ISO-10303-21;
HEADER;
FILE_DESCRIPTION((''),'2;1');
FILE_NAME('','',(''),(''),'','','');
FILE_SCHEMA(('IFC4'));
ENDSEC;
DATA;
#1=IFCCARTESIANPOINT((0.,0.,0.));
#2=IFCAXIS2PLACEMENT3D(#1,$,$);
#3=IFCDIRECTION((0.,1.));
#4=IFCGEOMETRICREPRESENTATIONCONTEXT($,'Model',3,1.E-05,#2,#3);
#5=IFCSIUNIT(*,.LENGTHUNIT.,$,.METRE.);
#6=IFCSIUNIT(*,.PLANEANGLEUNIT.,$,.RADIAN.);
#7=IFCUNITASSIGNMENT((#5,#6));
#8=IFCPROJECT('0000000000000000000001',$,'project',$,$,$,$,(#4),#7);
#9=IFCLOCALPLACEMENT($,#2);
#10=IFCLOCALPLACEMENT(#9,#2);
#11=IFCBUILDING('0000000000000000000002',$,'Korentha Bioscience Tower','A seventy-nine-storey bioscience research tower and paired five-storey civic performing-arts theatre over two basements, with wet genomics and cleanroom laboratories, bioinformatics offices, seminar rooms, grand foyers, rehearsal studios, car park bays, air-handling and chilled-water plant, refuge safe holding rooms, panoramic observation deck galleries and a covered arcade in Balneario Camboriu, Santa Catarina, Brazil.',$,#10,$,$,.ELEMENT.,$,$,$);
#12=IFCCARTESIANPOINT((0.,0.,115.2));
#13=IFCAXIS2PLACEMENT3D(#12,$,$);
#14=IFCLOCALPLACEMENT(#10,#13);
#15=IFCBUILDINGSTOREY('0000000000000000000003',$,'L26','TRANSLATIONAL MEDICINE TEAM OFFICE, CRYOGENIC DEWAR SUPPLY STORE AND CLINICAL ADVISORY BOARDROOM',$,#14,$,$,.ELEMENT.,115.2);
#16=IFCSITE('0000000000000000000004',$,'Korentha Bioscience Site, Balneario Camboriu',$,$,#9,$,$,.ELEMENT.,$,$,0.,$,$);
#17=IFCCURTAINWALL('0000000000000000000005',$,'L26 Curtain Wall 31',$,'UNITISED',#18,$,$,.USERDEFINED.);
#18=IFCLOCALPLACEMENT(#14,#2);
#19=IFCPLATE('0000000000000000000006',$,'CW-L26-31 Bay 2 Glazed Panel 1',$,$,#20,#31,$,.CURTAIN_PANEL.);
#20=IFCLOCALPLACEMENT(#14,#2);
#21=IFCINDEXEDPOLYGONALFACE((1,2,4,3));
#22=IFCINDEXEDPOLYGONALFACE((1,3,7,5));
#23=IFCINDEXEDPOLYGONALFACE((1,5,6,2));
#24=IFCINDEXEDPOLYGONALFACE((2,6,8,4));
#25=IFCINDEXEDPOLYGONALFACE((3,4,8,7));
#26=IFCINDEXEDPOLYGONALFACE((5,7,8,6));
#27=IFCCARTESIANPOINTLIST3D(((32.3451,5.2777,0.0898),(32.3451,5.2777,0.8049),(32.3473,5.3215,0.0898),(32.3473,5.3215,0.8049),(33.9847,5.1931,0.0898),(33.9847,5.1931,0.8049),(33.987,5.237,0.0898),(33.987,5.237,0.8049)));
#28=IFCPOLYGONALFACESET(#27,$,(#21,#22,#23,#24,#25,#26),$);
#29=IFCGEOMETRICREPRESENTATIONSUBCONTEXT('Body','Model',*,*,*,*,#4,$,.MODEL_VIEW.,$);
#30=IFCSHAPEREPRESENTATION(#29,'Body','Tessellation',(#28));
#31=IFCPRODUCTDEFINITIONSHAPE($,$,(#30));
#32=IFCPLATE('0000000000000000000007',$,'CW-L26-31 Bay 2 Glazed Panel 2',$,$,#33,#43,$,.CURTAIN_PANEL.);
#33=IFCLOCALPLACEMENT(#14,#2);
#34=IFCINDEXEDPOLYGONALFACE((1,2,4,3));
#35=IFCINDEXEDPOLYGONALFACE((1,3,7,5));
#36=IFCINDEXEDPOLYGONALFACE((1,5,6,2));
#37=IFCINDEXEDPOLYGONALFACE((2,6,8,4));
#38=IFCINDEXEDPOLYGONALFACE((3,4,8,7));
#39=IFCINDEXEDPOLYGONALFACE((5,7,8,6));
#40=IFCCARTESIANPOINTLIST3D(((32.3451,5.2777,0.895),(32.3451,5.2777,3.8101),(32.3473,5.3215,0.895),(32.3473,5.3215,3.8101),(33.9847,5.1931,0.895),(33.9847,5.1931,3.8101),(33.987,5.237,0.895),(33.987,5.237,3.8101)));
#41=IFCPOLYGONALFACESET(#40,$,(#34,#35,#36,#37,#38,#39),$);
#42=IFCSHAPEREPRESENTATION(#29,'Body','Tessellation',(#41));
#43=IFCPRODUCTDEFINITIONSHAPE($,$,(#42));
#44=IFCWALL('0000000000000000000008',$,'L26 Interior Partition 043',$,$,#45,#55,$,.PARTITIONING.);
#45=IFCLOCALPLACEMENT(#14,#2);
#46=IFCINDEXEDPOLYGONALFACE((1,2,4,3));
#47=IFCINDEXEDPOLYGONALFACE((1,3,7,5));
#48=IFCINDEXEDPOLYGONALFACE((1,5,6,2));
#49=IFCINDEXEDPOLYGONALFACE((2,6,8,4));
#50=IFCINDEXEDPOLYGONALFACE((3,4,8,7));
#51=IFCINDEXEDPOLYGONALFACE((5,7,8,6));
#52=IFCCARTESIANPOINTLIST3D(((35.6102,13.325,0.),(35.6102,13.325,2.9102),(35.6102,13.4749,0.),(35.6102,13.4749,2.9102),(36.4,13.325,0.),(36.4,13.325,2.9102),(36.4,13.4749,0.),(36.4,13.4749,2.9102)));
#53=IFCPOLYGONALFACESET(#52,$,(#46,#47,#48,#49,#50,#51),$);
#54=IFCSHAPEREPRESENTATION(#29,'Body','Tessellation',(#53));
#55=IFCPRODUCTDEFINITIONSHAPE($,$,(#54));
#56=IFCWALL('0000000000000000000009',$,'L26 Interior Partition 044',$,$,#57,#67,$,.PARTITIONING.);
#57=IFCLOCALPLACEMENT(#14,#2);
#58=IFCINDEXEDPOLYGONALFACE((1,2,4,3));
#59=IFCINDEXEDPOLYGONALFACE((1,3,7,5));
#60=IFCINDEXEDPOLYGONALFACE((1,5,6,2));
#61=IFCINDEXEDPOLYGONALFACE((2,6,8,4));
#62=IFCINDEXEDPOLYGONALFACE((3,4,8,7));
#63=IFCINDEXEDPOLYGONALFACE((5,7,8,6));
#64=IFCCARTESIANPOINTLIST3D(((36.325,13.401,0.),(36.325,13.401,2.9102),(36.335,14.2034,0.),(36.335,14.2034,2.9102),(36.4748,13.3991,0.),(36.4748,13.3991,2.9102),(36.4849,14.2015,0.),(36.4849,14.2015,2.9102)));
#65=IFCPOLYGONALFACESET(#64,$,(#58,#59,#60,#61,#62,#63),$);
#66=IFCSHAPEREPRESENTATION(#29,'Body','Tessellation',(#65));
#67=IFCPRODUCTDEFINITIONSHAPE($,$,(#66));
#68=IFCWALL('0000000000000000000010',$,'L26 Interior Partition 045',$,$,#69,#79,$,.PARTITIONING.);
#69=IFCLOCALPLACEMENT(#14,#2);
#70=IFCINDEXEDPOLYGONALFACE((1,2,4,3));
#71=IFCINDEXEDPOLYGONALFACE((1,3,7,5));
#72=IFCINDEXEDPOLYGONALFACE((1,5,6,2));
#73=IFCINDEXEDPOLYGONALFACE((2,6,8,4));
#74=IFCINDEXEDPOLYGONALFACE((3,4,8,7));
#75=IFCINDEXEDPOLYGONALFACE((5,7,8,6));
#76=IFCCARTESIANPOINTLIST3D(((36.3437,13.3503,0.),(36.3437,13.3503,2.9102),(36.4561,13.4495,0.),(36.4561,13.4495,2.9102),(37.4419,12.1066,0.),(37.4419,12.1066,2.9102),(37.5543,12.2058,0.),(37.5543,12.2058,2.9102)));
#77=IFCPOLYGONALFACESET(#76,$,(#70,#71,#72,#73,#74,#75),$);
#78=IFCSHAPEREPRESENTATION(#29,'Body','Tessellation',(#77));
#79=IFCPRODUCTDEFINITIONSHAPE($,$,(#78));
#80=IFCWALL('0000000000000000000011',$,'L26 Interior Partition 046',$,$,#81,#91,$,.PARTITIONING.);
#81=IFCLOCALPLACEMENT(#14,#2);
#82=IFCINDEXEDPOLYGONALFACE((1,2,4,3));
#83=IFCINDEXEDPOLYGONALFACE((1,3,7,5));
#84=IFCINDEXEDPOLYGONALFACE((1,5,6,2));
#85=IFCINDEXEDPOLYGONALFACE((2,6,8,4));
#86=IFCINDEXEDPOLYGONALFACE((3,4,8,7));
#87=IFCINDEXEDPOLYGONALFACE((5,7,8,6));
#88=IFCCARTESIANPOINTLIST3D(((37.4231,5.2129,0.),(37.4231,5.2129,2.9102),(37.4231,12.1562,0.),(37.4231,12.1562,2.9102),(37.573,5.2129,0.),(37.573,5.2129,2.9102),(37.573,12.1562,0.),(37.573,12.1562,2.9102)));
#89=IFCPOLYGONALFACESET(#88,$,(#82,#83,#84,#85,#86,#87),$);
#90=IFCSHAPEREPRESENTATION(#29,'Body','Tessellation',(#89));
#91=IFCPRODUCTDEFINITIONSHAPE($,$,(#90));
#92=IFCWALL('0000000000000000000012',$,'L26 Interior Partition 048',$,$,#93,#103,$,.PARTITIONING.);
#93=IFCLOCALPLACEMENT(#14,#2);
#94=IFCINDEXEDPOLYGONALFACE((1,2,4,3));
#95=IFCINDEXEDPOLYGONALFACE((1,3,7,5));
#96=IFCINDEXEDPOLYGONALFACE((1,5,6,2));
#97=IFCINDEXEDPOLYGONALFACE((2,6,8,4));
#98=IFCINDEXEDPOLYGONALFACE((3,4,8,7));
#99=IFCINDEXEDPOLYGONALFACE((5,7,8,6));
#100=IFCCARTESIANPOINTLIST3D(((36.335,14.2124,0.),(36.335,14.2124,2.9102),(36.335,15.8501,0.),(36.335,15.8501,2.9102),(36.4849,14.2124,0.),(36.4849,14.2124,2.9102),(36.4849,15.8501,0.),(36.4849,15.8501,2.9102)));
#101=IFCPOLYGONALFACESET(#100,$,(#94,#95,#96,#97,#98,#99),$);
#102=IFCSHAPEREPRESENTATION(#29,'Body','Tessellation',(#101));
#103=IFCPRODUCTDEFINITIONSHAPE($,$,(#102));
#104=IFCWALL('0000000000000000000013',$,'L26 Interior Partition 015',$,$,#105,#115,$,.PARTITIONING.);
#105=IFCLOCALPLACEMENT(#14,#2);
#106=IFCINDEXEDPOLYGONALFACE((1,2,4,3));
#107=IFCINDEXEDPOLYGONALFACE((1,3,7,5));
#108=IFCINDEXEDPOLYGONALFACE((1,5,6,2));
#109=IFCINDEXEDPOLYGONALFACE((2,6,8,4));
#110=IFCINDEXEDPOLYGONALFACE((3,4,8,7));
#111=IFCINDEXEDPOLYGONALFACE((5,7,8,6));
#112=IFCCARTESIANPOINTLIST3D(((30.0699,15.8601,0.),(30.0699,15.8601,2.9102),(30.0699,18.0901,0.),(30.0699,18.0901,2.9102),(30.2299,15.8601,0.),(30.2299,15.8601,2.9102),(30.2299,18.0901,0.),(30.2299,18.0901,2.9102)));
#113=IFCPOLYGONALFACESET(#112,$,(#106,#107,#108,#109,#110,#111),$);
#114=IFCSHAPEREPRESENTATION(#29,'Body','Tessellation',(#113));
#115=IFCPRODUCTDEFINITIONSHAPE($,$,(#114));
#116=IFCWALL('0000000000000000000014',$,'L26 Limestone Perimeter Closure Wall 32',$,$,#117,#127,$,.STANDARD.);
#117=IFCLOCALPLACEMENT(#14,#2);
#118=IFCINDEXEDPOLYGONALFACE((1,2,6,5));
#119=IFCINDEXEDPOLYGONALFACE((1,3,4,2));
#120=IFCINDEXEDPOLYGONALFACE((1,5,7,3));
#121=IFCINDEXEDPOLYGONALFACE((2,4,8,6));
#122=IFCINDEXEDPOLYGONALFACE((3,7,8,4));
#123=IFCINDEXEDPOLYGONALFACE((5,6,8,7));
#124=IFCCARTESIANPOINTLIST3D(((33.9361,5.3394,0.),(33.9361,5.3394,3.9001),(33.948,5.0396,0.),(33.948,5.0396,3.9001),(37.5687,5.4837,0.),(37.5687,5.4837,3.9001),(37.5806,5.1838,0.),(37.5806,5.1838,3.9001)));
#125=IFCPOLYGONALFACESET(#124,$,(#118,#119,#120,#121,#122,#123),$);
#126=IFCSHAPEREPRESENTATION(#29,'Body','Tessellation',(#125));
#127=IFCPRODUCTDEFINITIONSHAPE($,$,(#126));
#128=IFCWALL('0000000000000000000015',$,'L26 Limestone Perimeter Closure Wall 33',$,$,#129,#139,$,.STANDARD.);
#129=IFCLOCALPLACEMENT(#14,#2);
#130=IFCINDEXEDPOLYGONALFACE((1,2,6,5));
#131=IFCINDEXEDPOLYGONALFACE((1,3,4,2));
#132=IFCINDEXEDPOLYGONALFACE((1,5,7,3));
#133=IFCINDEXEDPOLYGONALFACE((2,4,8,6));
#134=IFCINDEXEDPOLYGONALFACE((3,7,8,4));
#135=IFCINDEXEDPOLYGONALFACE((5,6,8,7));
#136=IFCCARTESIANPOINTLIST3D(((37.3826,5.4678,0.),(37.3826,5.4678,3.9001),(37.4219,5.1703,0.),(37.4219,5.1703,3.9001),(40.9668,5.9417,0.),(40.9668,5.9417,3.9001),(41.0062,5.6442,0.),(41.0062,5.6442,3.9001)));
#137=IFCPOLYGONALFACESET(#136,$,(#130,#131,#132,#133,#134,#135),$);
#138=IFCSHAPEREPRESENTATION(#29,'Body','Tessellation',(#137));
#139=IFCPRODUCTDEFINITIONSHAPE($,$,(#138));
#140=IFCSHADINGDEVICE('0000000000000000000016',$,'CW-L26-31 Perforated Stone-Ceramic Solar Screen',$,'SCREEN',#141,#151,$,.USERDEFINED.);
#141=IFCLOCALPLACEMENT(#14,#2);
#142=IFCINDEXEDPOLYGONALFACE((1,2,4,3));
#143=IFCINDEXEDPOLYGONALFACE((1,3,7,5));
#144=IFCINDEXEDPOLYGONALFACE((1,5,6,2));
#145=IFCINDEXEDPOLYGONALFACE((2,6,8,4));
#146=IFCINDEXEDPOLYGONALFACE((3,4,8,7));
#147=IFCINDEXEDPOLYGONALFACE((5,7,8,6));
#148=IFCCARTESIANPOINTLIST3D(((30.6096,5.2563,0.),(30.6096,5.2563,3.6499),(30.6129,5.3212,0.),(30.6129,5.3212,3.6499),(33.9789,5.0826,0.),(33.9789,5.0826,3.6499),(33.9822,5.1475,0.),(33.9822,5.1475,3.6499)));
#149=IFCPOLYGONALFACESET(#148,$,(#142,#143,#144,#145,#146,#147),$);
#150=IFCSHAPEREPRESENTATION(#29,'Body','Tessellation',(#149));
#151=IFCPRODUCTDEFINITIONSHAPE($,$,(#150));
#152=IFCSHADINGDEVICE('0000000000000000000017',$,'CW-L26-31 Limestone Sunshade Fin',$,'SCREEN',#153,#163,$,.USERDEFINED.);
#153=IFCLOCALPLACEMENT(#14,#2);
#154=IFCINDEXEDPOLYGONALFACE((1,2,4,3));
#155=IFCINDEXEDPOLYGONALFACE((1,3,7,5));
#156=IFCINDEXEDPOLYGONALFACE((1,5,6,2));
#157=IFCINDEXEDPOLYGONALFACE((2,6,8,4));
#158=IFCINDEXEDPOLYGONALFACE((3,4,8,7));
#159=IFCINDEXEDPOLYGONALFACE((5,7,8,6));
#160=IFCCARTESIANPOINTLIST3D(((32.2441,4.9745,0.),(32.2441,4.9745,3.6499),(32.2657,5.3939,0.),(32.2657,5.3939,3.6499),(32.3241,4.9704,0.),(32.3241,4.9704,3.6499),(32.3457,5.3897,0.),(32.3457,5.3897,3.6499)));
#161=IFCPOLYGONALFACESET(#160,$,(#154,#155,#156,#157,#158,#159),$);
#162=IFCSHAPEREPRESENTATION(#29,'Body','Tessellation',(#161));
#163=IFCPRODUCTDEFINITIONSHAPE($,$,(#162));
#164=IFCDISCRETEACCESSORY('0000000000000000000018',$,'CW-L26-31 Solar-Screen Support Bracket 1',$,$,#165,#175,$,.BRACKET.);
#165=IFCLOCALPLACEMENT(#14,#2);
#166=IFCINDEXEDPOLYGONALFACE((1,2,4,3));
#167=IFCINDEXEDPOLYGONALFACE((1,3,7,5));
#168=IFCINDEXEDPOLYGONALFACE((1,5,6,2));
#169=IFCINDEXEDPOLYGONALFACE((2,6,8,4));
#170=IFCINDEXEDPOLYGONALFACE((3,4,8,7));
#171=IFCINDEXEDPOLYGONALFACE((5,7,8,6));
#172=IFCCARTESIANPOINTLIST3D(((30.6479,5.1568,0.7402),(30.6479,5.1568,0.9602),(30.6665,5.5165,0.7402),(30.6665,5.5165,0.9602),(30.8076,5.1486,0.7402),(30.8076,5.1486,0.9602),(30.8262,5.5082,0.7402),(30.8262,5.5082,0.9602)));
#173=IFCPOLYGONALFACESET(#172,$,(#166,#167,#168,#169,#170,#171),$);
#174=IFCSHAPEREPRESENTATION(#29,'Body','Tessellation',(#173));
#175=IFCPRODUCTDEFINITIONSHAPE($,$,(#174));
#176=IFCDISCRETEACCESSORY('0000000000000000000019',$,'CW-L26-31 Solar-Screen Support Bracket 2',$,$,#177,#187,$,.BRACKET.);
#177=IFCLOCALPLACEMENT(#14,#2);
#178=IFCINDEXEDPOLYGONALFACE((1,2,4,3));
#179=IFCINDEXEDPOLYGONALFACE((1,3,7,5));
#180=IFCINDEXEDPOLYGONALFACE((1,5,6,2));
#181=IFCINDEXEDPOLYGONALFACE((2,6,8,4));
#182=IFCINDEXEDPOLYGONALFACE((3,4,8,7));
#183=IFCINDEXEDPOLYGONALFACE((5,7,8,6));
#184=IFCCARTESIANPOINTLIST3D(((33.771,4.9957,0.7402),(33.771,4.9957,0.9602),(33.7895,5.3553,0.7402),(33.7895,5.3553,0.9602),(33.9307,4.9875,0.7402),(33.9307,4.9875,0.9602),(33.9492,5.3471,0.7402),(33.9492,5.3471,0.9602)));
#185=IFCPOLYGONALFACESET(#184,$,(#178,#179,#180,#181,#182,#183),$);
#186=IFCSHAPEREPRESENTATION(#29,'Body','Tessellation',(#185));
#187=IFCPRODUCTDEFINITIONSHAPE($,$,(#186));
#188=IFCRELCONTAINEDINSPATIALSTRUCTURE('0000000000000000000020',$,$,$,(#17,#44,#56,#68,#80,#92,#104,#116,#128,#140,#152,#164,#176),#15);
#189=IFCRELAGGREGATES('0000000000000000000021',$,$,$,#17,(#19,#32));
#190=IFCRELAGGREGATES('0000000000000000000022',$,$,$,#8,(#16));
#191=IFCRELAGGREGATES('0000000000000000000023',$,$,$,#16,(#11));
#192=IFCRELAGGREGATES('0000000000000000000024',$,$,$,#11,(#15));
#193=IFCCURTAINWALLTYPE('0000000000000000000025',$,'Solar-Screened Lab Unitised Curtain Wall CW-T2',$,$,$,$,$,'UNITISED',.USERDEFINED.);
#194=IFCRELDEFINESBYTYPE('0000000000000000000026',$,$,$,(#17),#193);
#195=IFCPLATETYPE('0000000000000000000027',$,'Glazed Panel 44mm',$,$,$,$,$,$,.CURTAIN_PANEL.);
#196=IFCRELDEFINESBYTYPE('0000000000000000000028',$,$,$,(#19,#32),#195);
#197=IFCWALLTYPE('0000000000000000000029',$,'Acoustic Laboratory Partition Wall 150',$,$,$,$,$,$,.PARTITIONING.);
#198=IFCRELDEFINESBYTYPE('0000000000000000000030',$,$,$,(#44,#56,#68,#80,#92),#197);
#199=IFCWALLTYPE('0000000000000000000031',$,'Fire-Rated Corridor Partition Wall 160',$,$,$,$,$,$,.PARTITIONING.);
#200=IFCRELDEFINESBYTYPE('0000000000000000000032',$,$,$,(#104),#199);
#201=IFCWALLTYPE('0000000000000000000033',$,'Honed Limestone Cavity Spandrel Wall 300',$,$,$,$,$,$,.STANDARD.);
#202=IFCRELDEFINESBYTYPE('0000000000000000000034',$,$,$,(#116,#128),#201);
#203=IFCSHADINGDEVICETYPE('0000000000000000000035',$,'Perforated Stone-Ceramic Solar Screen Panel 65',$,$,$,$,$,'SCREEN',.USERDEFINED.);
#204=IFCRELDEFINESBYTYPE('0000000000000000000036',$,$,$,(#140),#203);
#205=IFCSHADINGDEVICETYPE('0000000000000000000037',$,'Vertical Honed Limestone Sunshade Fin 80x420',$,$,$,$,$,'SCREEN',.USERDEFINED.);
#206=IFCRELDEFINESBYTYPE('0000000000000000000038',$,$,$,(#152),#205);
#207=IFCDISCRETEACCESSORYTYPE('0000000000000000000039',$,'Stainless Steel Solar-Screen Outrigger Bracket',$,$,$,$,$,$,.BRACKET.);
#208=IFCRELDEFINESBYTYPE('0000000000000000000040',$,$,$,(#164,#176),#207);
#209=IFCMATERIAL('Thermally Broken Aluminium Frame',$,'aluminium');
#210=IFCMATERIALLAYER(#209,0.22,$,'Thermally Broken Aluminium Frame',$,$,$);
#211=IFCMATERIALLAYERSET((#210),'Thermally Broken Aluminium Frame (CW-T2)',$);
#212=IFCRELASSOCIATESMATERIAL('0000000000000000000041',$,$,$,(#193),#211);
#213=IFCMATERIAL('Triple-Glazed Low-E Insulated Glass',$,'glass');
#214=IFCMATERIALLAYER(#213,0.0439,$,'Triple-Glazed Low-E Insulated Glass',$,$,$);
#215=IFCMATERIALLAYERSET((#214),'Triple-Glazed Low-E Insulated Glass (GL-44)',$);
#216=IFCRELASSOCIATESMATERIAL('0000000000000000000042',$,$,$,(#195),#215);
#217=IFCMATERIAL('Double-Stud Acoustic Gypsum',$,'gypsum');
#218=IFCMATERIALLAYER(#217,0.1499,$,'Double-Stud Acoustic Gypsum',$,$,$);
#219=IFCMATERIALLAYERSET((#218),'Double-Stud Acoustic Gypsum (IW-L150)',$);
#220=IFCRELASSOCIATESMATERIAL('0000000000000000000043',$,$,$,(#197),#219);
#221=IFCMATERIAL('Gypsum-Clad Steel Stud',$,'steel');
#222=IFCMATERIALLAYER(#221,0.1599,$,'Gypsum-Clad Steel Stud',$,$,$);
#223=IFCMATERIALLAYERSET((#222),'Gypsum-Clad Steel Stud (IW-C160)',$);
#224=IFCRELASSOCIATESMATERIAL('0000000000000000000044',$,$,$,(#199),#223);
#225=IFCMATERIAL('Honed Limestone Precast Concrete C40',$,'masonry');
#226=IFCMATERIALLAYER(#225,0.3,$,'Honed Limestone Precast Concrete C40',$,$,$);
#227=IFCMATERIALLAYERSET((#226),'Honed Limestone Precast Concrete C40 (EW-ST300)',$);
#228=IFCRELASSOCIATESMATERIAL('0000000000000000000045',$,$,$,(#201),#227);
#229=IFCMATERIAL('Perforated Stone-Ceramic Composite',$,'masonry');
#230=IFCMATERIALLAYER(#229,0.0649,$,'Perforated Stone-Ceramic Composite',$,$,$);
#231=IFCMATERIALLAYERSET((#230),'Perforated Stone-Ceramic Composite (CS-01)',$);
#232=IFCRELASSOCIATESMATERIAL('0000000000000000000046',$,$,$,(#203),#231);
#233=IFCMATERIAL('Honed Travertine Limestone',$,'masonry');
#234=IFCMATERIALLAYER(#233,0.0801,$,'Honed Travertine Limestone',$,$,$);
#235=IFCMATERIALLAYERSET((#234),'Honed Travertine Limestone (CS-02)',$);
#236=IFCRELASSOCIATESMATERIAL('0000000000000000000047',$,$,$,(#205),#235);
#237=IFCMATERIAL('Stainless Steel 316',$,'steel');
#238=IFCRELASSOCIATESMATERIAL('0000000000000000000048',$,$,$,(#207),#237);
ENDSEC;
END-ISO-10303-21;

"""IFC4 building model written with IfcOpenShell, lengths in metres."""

from ifc_helpers import new_model, si_unit, direction, frame, frame_2d, origin, origin_2d, place, context, subcontext, project, spatial, rectangle, extrude, material, layer, layer_set, type_object, element, aggregate, save


model = new_model("IFC4")

# Units and contexts
model_context = context("Model", 3, precision=1e-05, world=origin(), true_north=direction((0.0, 1.0)))
body_context = subcontext(model_context, "Body", "Model", "MODEL_VIEW")
ifc_project = project(units=[si_unit("LENGTHUNIT", "METRE"), si_unit("PLANEANGLEUNIT", "RADIAN")], contexts=[model_context])

# Site, building, storey
site_placement = place(None, origin())
site = spatial("IfcSite", under=ifc_project, at=site_placement, Name="Korentha Bioscience Site, Balneario Camboriu", CompositionType="ELEMENT", RefElevation=0.0)
building_placement = place(site_placement, origin())
building = spatial("IfcBuilding", under=site, at=building_placement, Name="Korentha Bioscience Tower", Description="A seventy-nine-storey bioscience research tower and paired five-storey civic performing-arts theatre over two basements, with wet genomics and cleanroom laboratories, bioinformatics offices, seminar rooms, grand foyers, rehearsal studios, car park bays, air-handling and chilled-water plant, refuge safe holding rooms, panoramic observation deck galleries and a covered arcade in Balneario Camboriu, Santa Catarina, Brazil.", CompositionType="ELEMENT")
storey_placement = place(building_placement, frame((0.0, 0.0, 115.2)))
storey = spatial("IfcBuildingStorey", under=building, at=storey_placement, Name="L26", Description="TRANSLATIONAL MEDICINE TEAM OFFICE, CRYOGENIC DEWAR SUPPLY STORE AND CLINICAL ADVISORY BOARDROOM", CompositionType="ELEMENT", Elevation=115.2)

# Curtain wall
ifc_material_1 = material(Name="Thermally Broken Aluminium Frame", Category="aluminium")
ifc_layer_1 = layer(ifc_material_1, 0.22, Name="Thermally Broken Aluminium Frame")
ifc_layer_set_1 = layer_set([ifc_layer_1], Name="Thermally Broken Aluminium Frame (CW-T2)")
curtain_wall_type = type_object("IfcCurtainWallType", Name="Solar-Screened Lab Unitised Curtain Wall CW-T2", ElementType="UNITISED", PredefinedType="USERDEFINED", material=ifc_layer_set_1)
curtain_wall_placement = place(storey_placement, origin())
curtain_wall = element("IfcCurtainWall", 1, at=curtain_wall_placement, inside=storey, type_object=curtain_wall_type, Name="L26 Curtain Wall 31", ObjectType="UNITISED", PredefinedType="USERDEFINED")

# Plates
ifc_material_2 = material(Name="Triple-Glazed Low-E Insulated Glass", Category="glass")
ifc_layer_2 = layer(ifc_material_2, 0.0439, Name="Triple-Glazed Low-E Insulated Glass")
ifc_layer_set_2 = layer_set([ifc_layer_2], Name="Triple-Glazed Low-E Insulated Glass (GL-44)")
plate_type = type_object("IfcPlateType", Name="Glazed Panel 44mm", PredefinedType="CURTAIN_PANEL", material=ifc_layer_set_2)
plate_1_placement = place(storey_placement, frame((33.166, 5.2573, 0.0898), z_axis=(0.0, 0.0, 1.0), x_axis=(0.998673, -0.051495, 0.0)))
plate_1 = element("IfcPlate", 2, at=plate_1_placement, type_object=plate_type, Name="CW-L26-31 Bay 2 Glazed Panel 1", PredefinedType="CURTAIN_PANEL", context=body_context, shape_type="SweptSolid", body=[
    extrude(rectangle(XDim=1.6418, YDim=0.0439, at=origin_2d()), origin(), (0.0, 0.0, 1.0), 0.7151),
])
plate_2_placement = place(storey_placement, frame((33.166, 5.2573, 0.895), z_axis=(0.0, 0.0, 1.0), x_axis=(0.998673, -0.051495, 0.0)))
plate_2 = element("IfcPlate", 3, at=plate_2_placement, type_object=plate_type, Name="CW-L26-31 Bay 2 Glazed Panel 2", PredefinedType="CURTAIN_PANEL", context=body_context, shape_type="SweptSolid", body=[
    extrude(rectangle(XDim=1.6418, YDim=0.0439, at=origin_2d()), origin(), (0.0, 0.0, 1.0), 2.915),
])
aggregate(curtain_wall, [plate_1, plate_2])

# Shared definitions
ifc_material_3 = material(Name="Double-Stud Acoustic Gypsum", Category="gypsum")
ifc_layer_3 = layer(ifc_material_3, 0.1499, Name="Double-Stud Acoustic Gypsum")
ifc_layer_set_3 = layer_set([ifc_layer_3], Name="Double-Stud Acoustic Gypsum (IW-L150)")
wall_type_1 = type_object("IfcWallType", Name="Acoustic Laboratory Partition Wall 150", PredefinedType="PARTITIONING", material=ifc_layer_set_3)

# Walls
wall_1_placement = place(storey_placement, frame((35.6101, 13.3999, 0.0), z_axis=(0.0, 0.0, 1.0), x_axis=(1.0, 0.0, 0.0)))
element("IfcWall", 4, at=wall_1_placement, inside=storey, type_object=wall_type_1, Name="L26 Interior Partition 043", PredefinedType="PARTITIONING", context=body_context, shape_type="SweptSolid", body=[
    extrude(rectangle(XDim=0.7898, YDim=0.1499, at=frame_2d((0.395, 0.0))), origin(), (0.0, 0.0, 1.0), 2.9102),
])
wall_2_placement = place(storey_placement, frame((36.3999, 13.3999, 0.0), z_axis=(0.0, 0.0, 1.0), x_axis=(0.012472, 0.999922, 0.0)))
element("IfcWall", 5, at=wall_2_placement, inside=storey, type_object=wall_type_1, Name="L26 Interior Partition 044", PredefinedType="PARTITIONING", context=body_context, shape_type="SweptSolid", body=[
    extrude(rectangle(XDim=0.8025, YDim=0.1499, at=frame_2d((0.4014, 0.0))), origin(), (0.0, 0.0, 1.0), 2.9102),
])
wall_3_placement = place(storey_placement, frame((36.3999, 13.3999, 0.0), z_axis=(0.0, 0.0, 1.0), x_axis=(0.661894, -0.749597, 0.0)))
element("IfcWall", 6, at=wall_3_placement, inside=storey, type_object=wall_type_1, Name="L26 Interior Partition 045", PredefinedType="PARTITIONING", context=body_context, shape_type="SweptSolid", body=[
    extrude(rectangle(XDim=1.6592, YDim=0.1499, at=frame_2d((0.8296, 0.0))), origin(), (0.0, 0.0, 1.0), 2.9102),
])
wall_4_placement = place(storey_placement, frame((37.498, 12.1562, 0.0), z_axis=(0.0, 0.0, 1.0), x_axis=(0.0, -1.0, 0.0)))
element("IfcWall", 7, at=wall_4_placement, inside=storey, type_object=wall_type_1, Name="L26 Interior Partition 046", PredefinedType="PARTITIONING", context=body_context, shape_type="SweptSolid", body=[
    extrude(rectangle(XDim=6.9434, YDim=0.1499, at=frame_2d((3.4717, 0.0))), origin(), (0.0, 0.0, 1.0), 2.9102),
])
wall_5_placement = place(storey_placement, frame((36.4099, 14.2124, 0.0), z_axis=(0.0, 0.0, 1.0), x_axis=(0.0, 1.0, 0.0)))
element("IfcWall", 8, at=wall_5_placement, inside=storey, type_object=wall_type_1, Name="L26 Interior Partition 048", PredefinedType="PARTITIONING", context=body_context, shape_type="SweptSolid", body=[
    extrude(rectangle(XDim=1.6377, YDim=0.1499, at=frame_2d((0.8188, 0.0))), origin(), (0.0, 0.0, 1.0), 2.9102),
])

# Shared definitions
ifc_material_4 = material(Name="Gypsum-Clad Steel Stud", Category="steel")
ifc_layer_4 = layer(ifc_material_4, 0.1599, Name="Gypsum-Clad Steel Stud")
ifc_layer_set_4 = layer_set([ifc_layer_4], Name="Gypsum-Clad Steel Stud (IW-C160)")
wall_type_2 = type_object("IfcWallType", Name="Fire-Rated Corridor Partition Wall 160", PredefinedType="PARTITIONING", material=ifc_layer_set_4)

# Walls
wall_6_placement = place(storey_placement, frame((30.1499, 15.8601, 0.0), z_axis=(0.0, 0.0, 1.0), x_axis=(0.0, 1.0, 0.0)))
element("IfcWall", 9, at=wall_6_placement, inside=storey, type_object=wall_type_2, Name="L26 Interior Partition 015", PredefinedType="PARTITIONING", context=body_context, shape_type="SweptSolid", body=[
    extrude(rectangle(XDim=2.23, YDim=0.1599, at=frame_2d((1.115, 0.0))), origin(), (0.0, 0.0, 1.0), 2.9102),
])
ifc_material_5 = material(Name="Honed Limestone Precast Concrete C40", Category="masonry")
ifc_layer_5 = layer(ifc_material_5, 0.3, Name="Honed Limestone Precast Concrete C40")
ifc_layer_set_5 = layer_set([ifc_layer_5], Name="Honed Limestone Precast Concrete C40 (EW-ST300)")
wall_type_3 = type_object("IfcWallType", Name="Honed Limestone Cavity Spandrel Wall 300", PredefinedType="STANDARD", material=ifc_layer_set_5)
wall_7_placement = place(storey_placement, frame((33.9419, 5.1895, 0.0), z_axis=(0.0, 0.0, 1.0), x_axis=(0.999212, 0.039689, 0.0)))
element("IfcWall", 10, at=wall_7_placement, inside=storey, type_object=wall_type_3, Name="L26 Limestone Perimeter Closure Wall 32", PredefinedType="STANDARD", context=body_context, shape_type="SweptSolid", body=[
    extrude(rectangle(XDim=3.6355, YDim=0.3, at=frame_2d((1.8179, 0.0))), origin(), (0.0, 0.0, 1.0), 3.9001),
])
wall_8_placement = place(storey_placement, frame((37.4023, 5.3191, 0.0), z_axis=(0.0, 0.0, 1.0), x_axis=(0.991373, 0.131071, 0.0)))
element("IfcWall", 11, at=wall_8_placement, inside=storey, type_object=wall_type_3, Name="L26 Limestone Perimeter Closure Wall 33", PredefinedType="STANDARD", context=body_context, shape_type="SweptSolid", body=[
    extrude(rectangle(XDim=3.6155, YDim=0.3, at=frame_2d((1.8076, 0.0))), origin(), (0.0, 0.0, 1.0), 3.9001),
])

# Shading devices
ifc_material_6 = material(Name="Perforated Stone-Ceramic Composite", Category="masonry")
ifc_layer_6 = layer(ifc_material_6, 0.0649, Name="Perforated Stone-Ceramic Composite")
ifc_layer_set_6 = layer_set([ifc_layer_6], Name="Perforated Stone-Ceramic Composite (CS-01)")
shading_device_type_1 = type_object("IfcShadingDeviceType", Name="Perforated Stone-Ceramic Solar Screen Panel 65", ElementType="SCREEN", PredefinedType="USERDEFINED", material=ifc_layer_set_6)
shading_device_1_placement = place(storey_placement, frame((32.2959, 5.2019, 0.0), z_axis=(0.0, 0.0, 1.0), x_axis=(0.998673, -0.051495, 0.0)))
element("IfcShadingDevice", 12, at=shading_device_1_placement, inside=storey, type_object=shading_device_type_1, Name="CW-L26-31 Perforated Stone-Ceramic Solar Screen", ObjectType="SCREEN", PredefinedType="USERDEFINED", context=body_context, shape_type="SweptSolid", body=[
    extrude(rectangle(XDim=3.3738, YDim=0.0649, at=origin_2d()), origin(), (0.0, 0.0, 1.0), 3.6499),
])
ifc_material_7 = material(Name="Honed Travertine Limestone", Category="masonry")
ifc_layer_7 = layer(ifc_material_7, 0.0801, Name="Honed Travertine Limestone")
ifc_layer_set_7 = layer_set([ifc_layer_7], Name="Honed Travertine Limestone (CS-02)")
shading_device_type_2 = type_object("IfcShadingDeviceType", Name="Vertical Honed Limestone Sunshade Fin 80x420", ElementType="SCREEN", PredefinedType="USERDEFINED", material=ifc_layer_set_7)
shading_device_2_placement = place(storey_placement, frame((32.2949, 5.1821, 0.0), z_axis=(0.0, 0.0, 1.0), x_axis=(0.998673, -0.051495, 0.0)))
element("IfcShadingDevice", 13, at=shading_device_2_placement, inside=storey, type_object=shading_device_type_2, Name="CW-L26-31 Limestone Sunshade Fin", ObjectType="SCREEN", PredefinedType="USERDEFINED", context=body_context, shape_type="SweptSolid", body=[
    extrude(rectangle(XDim=0.0801, YDim=0.4199, at=origin_2d()), origin(), (0.0, 0.0, 1.0), 3.6499),
])

# Discrete accessories
ifc_material_8 = material(Name="Stainless Steel 316", Category="steel")
discrete_accessory_type = type_object("IfcDiscreteAccessoryType", Name="Stainless Steel Solar-Screen Outrigger Bracket", PredefinedType="BRACKET", material=ifc_material_8)
for number, where, z_axis, x_axis, name in (
    (14, (30.7371, 5.3325, 0.7402), (0.0, 0.0, 1.0), (0.998673, -0.051495, 0.0), "CW-L26-31 Solar-Screen Support Bracket 1"),
    (15, (33.8601, 5.1714, 0.7402), (0.0, 0.0, 1.0), (0.998673, -0.051495, 0.0), "CW-L26-31 Solar-Screen Support Bracket 2"),
):
    element("IfcDiscreteAccessory", number, at=place(storey_placement, frame(where, z_axis=z_axis, x_axis=x_axis)), inside=storey, type_object=discrete_accessory_type, Name=name, PredefinedType="BRACKET", context=body_context, shape_type="SweptSolid", body=[
        extrude(rectangle(XDim=0.1599, YDim=0.3601, at=origin_2d()), origin(), (0.0, 0.0, 1.0), 0.22),
    ])

save(model, "model.ifc")
